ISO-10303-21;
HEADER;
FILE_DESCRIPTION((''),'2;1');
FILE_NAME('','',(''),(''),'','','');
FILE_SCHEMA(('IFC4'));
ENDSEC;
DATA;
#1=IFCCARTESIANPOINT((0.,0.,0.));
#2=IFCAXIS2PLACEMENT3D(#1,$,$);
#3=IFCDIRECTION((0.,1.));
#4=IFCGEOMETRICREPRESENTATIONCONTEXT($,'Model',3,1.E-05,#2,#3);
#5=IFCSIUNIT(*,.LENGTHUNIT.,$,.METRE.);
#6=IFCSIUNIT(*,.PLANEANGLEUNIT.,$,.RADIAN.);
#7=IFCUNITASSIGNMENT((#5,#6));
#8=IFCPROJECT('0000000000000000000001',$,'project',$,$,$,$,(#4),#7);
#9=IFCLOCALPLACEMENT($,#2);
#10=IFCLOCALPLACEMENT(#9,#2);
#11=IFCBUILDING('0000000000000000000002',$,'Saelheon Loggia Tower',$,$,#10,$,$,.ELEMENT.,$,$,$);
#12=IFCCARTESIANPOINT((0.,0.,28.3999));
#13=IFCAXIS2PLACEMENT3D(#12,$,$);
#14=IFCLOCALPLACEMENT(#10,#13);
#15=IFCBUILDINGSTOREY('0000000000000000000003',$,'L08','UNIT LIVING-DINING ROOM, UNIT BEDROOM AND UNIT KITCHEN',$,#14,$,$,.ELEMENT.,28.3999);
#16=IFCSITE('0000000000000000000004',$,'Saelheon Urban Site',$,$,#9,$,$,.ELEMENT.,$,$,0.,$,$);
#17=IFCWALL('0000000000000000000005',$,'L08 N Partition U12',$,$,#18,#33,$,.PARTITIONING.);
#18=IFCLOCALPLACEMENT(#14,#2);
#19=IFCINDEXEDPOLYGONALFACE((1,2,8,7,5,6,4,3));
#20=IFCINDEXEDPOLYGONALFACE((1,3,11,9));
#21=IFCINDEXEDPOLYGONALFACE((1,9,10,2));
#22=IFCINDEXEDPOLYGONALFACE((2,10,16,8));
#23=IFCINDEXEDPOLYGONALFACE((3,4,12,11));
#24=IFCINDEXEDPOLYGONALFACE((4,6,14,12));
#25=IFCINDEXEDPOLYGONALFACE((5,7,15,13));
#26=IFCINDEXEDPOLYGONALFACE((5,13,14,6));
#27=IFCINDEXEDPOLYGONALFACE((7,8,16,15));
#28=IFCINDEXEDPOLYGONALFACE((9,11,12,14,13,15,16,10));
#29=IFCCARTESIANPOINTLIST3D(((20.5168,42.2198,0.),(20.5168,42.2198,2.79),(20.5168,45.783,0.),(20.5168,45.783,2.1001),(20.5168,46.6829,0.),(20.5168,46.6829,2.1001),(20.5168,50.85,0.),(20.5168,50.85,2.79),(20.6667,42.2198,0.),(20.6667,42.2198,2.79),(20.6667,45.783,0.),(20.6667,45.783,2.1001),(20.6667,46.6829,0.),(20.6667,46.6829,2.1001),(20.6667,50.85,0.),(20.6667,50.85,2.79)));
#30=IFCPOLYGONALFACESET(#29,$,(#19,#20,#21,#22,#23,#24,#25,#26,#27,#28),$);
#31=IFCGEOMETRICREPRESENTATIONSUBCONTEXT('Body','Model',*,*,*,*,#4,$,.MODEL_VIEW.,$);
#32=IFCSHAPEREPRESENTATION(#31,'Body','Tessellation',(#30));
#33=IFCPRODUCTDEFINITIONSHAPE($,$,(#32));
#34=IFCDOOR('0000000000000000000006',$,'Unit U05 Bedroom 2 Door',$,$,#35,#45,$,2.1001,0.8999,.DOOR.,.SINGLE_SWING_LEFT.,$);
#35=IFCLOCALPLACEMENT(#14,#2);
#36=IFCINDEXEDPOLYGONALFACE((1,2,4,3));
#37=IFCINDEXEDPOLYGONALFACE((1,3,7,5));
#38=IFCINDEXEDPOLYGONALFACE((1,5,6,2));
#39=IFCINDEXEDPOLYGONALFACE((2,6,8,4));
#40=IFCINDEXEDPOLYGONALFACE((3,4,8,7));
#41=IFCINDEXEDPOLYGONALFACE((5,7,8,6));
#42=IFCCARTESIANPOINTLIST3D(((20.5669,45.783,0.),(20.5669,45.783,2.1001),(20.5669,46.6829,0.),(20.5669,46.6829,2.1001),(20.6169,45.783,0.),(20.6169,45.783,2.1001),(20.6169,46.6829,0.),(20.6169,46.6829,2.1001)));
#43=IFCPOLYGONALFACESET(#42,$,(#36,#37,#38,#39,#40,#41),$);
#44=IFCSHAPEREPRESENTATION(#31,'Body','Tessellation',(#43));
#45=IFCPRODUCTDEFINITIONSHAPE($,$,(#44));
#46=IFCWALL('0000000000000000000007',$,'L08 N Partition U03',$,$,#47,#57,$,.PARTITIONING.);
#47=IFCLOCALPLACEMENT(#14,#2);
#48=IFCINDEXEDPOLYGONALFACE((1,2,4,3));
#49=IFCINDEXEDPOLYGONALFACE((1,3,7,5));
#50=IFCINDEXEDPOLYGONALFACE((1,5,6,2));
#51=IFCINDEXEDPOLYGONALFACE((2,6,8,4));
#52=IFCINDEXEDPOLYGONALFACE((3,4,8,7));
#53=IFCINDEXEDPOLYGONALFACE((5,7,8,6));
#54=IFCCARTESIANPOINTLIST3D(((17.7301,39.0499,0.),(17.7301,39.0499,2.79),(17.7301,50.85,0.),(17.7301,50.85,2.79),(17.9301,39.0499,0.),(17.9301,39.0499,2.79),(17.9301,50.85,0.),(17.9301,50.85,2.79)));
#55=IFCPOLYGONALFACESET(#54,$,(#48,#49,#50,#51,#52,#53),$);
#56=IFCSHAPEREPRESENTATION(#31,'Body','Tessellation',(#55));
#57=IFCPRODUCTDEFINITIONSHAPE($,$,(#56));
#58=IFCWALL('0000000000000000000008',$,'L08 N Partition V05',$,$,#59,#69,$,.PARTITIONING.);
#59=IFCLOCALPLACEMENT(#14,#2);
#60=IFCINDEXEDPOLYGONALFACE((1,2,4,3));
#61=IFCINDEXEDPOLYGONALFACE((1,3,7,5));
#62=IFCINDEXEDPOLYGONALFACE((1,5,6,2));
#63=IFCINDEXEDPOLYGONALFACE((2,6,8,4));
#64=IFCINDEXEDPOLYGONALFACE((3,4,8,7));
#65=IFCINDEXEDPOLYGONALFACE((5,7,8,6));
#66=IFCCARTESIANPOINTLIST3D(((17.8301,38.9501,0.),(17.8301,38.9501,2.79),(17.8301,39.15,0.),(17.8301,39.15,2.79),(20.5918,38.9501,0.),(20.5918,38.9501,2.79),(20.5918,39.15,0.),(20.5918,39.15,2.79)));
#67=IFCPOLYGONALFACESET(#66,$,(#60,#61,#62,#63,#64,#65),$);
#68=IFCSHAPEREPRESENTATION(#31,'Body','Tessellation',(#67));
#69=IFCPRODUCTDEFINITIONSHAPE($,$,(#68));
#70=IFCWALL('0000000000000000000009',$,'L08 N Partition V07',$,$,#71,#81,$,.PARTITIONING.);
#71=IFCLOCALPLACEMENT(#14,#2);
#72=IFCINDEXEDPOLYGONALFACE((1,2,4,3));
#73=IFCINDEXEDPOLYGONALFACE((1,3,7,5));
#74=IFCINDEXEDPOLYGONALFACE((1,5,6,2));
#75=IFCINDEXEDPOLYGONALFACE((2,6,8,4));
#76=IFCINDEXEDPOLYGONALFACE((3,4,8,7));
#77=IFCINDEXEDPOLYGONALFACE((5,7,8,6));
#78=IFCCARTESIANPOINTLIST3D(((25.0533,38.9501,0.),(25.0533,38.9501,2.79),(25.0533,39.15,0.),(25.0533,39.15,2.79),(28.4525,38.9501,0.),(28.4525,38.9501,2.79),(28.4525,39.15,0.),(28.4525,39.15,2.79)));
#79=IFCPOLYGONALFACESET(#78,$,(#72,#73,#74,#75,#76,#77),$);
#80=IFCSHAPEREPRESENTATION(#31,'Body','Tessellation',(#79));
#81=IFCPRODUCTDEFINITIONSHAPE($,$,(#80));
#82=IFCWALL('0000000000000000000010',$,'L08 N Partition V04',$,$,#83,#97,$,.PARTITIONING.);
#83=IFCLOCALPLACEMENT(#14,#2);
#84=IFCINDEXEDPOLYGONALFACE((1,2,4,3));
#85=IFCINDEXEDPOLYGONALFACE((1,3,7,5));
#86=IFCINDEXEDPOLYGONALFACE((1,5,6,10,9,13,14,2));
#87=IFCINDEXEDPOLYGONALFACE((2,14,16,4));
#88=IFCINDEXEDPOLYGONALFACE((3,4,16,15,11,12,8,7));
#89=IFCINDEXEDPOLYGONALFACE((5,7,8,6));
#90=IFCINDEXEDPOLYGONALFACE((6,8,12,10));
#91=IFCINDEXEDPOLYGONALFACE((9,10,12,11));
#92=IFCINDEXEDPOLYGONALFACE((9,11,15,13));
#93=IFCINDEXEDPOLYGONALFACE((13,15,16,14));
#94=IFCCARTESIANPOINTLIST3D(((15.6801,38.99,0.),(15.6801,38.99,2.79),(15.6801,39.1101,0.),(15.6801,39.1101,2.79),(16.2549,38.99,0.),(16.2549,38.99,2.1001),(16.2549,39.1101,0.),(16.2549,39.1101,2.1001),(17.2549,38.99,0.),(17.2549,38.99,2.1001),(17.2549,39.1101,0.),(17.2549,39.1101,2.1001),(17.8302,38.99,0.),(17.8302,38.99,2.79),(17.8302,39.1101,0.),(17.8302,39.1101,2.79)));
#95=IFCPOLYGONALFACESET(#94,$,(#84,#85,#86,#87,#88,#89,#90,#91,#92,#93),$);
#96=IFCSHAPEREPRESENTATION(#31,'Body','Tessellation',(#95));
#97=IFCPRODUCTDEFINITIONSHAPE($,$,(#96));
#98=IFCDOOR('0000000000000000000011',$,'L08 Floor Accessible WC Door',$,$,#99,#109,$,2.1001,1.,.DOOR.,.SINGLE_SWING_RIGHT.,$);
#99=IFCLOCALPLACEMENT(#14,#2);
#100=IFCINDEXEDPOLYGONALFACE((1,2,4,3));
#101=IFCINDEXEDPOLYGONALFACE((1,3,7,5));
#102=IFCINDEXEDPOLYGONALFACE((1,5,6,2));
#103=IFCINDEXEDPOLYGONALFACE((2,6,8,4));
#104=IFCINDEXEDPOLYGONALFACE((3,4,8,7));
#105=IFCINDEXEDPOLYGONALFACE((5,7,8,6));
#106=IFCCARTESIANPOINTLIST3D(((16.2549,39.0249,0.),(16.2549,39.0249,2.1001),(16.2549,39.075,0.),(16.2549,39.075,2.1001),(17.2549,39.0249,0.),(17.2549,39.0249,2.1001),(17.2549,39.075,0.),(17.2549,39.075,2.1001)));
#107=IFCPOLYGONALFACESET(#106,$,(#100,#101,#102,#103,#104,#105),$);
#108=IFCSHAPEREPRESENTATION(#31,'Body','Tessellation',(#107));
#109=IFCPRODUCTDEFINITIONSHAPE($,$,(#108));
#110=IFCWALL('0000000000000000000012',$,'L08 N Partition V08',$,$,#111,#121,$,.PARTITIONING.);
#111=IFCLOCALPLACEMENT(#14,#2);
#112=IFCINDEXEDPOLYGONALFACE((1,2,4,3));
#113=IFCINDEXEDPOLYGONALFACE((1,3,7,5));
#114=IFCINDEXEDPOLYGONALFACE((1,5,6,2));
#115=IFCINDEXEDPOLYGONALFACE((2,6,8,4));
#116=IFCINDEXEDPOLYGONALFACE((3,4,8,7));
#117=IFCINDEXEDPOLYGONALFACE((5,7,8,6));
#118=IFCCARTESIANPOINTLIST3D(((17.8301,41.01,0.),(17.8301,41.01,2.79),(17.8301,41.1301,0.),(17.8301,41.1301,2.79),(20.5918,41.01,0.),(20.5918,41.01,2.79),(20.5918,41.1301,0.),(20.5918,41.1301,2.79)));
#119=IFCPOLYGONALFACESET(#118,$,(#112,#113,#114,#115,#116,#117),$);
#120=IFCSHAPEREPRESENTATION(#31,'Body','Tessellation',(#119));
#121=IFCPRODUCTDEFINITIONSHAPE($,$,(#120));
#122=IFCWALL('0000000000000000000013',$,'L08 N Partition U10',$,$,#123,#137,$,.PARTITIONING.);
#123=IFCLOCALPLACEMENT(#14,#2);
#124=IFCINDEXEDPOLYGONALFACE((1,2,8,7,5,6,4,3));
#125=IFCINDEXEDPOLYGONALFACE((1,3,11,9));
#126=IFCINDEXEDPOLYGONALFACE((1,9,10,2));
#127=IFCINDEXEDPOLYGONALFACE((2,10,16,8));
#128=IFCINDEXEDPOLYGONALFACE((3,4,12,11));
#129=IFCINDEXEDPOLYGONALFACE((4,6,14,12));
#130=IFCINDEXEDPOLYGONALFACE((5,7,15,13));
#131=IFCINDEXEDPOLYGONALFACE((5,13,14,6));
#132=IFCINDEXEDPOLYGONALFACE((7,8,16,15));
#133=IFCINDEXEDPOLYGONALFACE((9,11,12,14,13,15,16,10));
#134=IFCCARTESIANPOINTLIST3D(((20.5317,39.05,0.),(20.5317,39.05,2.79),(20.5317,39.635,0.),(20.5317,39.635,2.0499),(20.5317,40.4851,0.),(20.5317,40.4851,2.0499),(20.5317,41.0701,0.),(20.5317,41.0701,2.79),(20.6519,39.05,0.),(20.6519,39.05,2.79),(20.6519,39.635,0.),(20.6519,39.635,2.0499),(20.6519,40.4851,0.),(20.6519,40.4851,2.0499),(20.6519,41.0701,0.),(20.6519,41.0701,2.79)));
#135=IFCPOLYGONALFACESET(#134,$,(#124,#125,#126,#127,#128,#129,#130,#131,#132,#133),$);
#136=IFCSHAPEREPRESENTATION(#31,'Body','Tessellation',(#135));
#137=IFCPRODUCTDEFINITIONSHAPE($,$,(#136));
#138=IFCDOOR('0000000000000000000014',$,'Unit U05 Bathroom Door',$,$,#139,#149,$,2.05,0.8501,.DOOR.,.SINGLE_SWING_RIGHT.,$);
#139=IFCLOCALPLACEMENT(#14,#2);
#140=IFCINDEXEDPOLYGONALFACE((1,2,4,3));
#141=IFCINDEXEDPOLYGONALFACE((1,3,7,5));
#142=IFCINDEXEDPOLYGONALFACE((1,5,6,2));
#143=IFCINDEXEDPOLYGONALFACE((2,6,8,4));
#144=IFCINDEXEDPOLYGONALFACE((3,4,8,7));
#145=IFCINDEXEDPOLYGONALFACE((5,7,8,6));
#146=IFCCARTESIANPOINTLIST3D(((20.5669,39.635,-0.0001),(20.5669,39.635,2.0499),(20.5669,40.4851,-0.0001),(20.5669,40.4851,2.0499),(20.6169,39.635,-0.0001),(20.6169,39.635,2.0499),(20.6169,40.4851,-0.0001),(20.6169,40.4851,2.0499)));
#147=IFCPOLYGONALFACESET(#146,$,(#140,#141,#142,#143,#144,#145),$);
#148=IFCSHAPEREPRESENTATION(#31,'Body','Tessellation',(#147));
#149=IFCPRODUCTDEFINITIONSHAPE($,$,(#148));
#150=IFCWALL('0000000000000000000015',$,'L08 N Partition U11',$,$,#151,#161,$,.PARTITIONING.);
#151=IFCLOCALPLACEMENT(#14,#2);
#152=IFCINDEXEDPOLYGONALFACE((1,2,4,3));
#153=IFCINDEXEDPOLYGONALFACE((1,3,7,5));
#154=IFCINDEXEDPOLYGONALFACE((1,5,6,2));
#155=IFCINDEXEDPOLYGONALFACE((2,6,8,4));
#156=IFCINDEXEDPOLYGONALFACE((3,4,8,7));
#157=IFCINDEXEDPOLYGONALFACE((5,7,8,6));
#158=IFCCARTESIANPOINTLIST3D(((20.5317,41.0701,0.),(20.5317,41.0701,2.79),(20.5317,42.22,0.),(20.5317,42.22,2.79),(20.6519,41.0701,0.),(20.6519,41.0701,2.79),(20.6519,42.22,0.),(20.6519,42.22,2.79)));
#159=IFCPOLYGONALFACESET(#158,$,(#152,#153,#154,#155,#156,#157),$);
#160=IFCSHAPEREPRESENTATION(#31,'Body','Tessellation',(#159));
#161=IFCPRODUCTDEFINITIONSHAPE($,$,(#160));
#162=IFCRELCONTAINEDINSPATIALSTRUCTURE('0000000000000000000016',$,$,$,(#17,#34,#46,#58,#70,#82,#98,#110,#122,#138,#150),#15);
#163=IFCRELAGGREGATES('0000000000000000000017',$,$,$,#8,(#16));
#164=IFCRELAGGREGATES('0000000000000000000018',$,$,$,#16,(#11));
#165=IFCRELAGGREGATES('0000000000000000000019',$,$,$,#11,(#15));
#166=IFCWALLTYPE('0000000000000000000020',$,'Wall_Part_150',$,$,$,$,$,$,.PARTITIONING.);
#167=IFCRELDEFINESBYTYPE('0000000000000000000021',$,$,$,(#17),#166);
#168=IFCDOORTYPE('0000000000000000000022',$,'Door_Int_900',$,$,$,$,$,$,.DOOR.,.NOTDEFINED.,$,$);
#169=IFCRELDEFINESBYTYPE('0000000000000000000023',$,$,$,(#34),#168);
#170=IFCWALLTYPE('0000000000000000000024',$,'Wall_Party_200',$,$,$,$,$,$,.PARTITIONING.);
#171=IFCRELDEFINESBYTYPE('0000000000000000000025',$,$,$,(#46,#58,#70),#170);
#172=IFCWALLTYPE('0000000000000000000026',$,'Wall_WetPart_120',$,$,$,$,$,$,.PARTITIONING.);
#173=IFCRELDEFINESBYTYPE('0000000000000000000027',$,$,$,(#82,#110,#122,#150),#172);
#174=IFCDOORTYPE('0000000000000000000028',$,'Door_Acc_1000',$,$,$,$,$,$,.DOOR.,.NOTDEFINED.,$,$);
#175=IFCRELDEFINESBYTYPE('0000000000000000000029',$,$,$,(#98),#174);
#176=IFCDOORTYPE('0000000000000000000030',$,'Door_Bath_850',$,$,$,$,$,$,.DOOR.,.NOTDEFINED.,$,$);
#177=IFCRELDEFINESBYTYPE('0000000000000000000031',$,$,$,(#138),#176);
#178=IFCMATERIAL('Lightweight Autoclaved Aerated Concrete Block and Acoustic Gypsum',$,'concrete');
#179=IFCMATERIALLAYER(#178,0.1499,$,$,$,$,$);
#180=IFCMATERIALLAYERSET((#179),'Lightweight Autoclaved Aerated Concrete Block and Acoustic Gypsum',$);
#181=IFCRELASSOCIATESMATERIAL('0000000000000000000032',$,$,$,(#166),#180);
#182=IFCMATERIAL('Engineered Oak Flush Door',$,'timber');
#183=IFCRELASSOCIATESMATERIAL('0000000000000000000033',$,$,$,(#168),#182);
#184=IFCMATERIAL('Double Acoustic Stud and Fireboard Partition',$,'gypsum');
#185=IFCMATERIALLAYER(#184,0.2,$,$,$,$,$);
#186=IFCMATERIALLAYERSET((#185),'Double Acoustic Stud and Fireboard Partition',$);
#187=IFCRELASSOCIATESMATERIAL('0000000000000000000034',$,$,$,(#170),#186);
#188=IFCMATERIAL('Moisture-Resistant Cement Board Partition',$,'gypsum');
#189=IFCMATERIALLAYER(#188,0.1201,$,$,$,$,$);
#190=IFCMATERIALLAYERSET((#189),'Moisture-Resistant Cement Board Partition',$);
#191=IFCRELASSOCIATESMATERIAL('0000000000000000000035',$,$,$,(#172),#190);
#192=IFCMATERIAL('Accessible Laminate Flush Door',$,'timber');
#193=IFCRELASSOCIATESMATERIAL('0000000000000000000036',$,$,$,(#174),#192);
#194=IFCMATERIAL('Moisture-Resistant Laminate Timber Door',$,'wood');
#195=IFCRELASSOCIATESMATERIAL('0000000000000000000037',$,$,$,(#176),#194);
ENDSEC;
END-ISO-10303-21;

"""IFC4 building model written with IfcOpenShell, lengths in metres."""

from ifc_helpers import new_model, si_unit, direction, frame, frame_2d, origin, place, context, subcontext, project, spatial, rectangle, extrude, source, transform, mapped, material, layer, layer_set, type_object, element, fill, save


model = new_model("IFC4")

# Units and contexts
model_context = context("Model", 3, precision=1e-05, world=origin(), true_north=direction((0.0, 1.0)))
body_context = subcontext(model_context, "Body", "Model", "MODEL_VIEW")
ifc_project = project(units=[si_unit("LENGTHUNIT", "METRE"), si_unit("PLANEANGLEUNIT", "RADIAN")], contexts=[model_context])

# Site, building, storey
site_placement = place(None, origin())
site = spatial("IfcSite", under=ifc_project, at=site_placement, Name="Saelheon Urban Site", CompositionType="ELEMENT", RefElevation=0.0)
building_placement = place(site_placement, origin())
building = spatial("IfcBuilding", under=site, at=building_placement, Name="Saelheon Loggia Tower", CompositionType="ELEMENT")
storey_placement = place(building_placement, frame((0.0, 0.0, 28.3999)))
storey = spatial("IfcBuildingStorey", under=building, at=storey_placement, Name="L08", Description="UNIT LIVING-DINING ROOM, UNIT BEDROOM AND UNIT KITCHEN", CompositionType="ELEMENT", Elevation=28.3999)

# Wall, opening, door
ifc_material_1 = material(Name="Lightweight Autoclaved Aerated Concrete Block and Acoustic Gypsum", Category="concrete")
ifc_layer_1 = layer(ifc_material_1, 0.1499)
ifc_layer_set_1 = layer_set([ifc_layer_1], Name="Lightweight Autoclaved Aerated Concrete Block and Acoustic Gypsum")
wall_type_1 = type_object("IfcWallType", Name="Wall_Part_150", PredefinedType="PARTITIONING", material=ifc_layer_set_1)
wall_1_placement = place(storey_placement, frame((20.5918, 42.22, 0.0), z_axis=(0.0, 0.0, 1.0), x_axis=(0.0, 1.0, 0.0)))
wall_1 = element("IfcWall", 1, at=wall_1_placement, inside=storey, type_object=wall_type_1, Name="L08 N Partition U12", PredefinedType="PARTITIONING", context=body_context, shape_type="SweptSolid", body=[
    extrude(rectangle(XDim=8.6301, YDim=0.1499, at=frame_2d((4.3149, 0.0))), origin(), (0.0, 0.0, 1.0), 2.79),
])
opening_1_placement = place(wall_1_placement, frame((3.563, 0.0, 0.0)))
opening_1 = element("IfcOpeningElement", 2, at=opening_1_placement, cuts=wall_1, PredefinedType="OPENING", context=body_context, shape_type="SweptSolid", body=[
    extrude(rectangle(XDim=0.8999, YDim=2.1001, at=frame_2d((0.45, 1.05))), frame((0.0, 0.0869, 0.0), z_axis=(0.0, -1.0, 0.0), x_axis=(1.0, 0.0, 0.0)), (0.0, 0.0, 1.0), 0.1738),
])
ifc_material_2 = material(Name="Engineered Oak Flush Door", Category="timber")
door_type_1 = type_object("IfcDoorType", Name="Door_Int_900", OperationType="NOTDEFINED", PredefinedType="DOOR", material=ifc_material_2)
shared_shape_1 = source(origin(), body_context, "Body", "SweptSolid", [
    extrude(rectangle(XDim=0.8999, YDim=2.1001, at=frame_2d((0.45, 1.05))), frame((0.0, 0.0249, 0.0), z_axis=(0.0, -1.0, 0.0), x_axis=(1.0, 0.0, 0.0)), (0.0, 0.0, 1.0), 0.05),
])
door_1_placement = place(opening_1_placement, origin())
door_1 = element("IfcDoor", 3, at=door_1_placement, inside=storey, type_object=door_type_1, Name="Unit U05 Bedroom 2 Door", OperationType="SINGLE_SWING_LEFT", OverallHeight=2.1001, OverallWidth=0.8999, PredefinedType="DOOR", context=body_context, shape_type="MappedRepresentation", body=[
    mapped(shared_shape_1, transform((0.0, 0.0, 0.0), scale=1.0)),
])
fill(opening_1, door_1)

# Walls
ifc_material_3 = material(Name="Double Acoustic Stud and Fireboard Partition", Category="gypsum")
ifc_layer_2 = layer(ifc_material_3, 0.2)
ifc_layer_set_2 = layer_set([ifc_layer_2], Name="Double Acoustic Stud and Fireboard Partition")
wall_type_2 = type_object("IfcWallType", Name="Wall_Party_200", PredefinedType="PARTITIONING", material=ifc_layer_set_2)
wall_2_placement = place(storey_placement, frame((17.8301, 39.05, 0.0), z_axis=(0.0, 0.0, 1.0), x_axis=(0.0, 1.0, 0.0)))
element("IfcWall", 4, at=wall_2_placement, inside=storey, type_object=wall_type_2, Name="L08 N Partition U03", PredefinedType="PARTITIONING", context=body_context, shape_type="SweptSolid", body=[
    extrude(rectangle(XDim=11.8, YDim=0.2, at=frame_2d((5.8999, 0.0))), origin(), (0.0, 0.0, 1.0), 2.79),
])
wall_3_placement = place(storey_placement, frame((17.8301, 39.05, 0.0), z_axis=(0.0, 0.0, 1.0), x_axis=(1.0, 0.0, 0.0)))
element("IfcWall", 5, at=wall_3_placement, inside=storey, type_object=wall_type_2, Name="L08 N Partition V05", PredefinedType="PARTITIONING", context=body_context, shape_type="SweptSolid", body=[
    extrude(rectangle(XDim=2.7617, YDim=0.2, at=frame_2d((1.3809, 0.0))), origin(), (0.0, 0.0, 1.0), 2.79),
])

# Wall
wall_4_placement = place(storey_placement, frame((25.0532, 39.05, 0.0), z_axis=(0.0, 0.0, 1.0), x_axis=(1.0, 0.0, 0.0)))
element("IfcWall", 6, at=wall_4_placement, inside=storey, type_object=wall_type_2, Name="L08 N Partition V07", PredefinedType="PARTITIONING", context=body_context, shape_type="SweptSolid", body=[
    extrude(rectangle(XDim=3.3992, YDim=0.2, at=frame_2d((1.6997, 0.0))), origin(), (0.0, 0.0, 1.0), 2.79),
])

# Wall, opening, door
ifc_material_4 = material(Name="Moisture-Resistant Cement Board Partition", Category="gypsum")
ifc_layer_3 = layer(ifc_material_4, 0.1201)
ifc_layer_set_3 = layer_set([ifc_layer_3], Name="Moisture-Resistant Cement Board Partition")
wall_type_3 = type_object("IfcWallType", Name="Wall_WetPart_120", PredefinedType="PARTITIONING", material=ifc_layer_set_3)
wall_5_placement = place(storey_placement, frame((15.6799, 39.05, 0.0), z_axis=(0.0, 0.0, 1.0), x_axis=(1.0, 0.0, 0.0)))
wall_5 = element("IfcWall", 7, at=wall_5_placement, inside=storey, type_object=wall_type_3, Name="L08 N Partition V04", PredefinedType="PARTITIONING", context=body_context, shape_type="SweptSolid", body=[
    extrude(rectangle(XDim=2.1501, YDim=0.1201, at=frame_2d((1.0752, 0.0))), origin(), (0.0, 0.0, 1.0), 2.79),
])
opening_2_placement = place(wall_5_placement, frame((0.575, 0.0, 0.0)))
opening_2 = element("IfcOpeningElement", 8, at=opening_2_placement, cuts=wall_5, PredefinedType="OPENING", context=body_context, shape_type="SweptSolid", body=[
    extrude(rectangle(XDim=1.0, YDim=2.1001, at=frame_2d((0.5, 1.05))), frame((0.0, 0.072, 0.0), z_axis=(0.0, -1.0, 0.0), x_axis=(1.0, 0.0, 0.0)), (0.0, 0.0, 1.0), 0.144),
])
ifc_material_5 = material(Name="Accessible Laminate Flush Door", Category="timber")
door_type_2 = type_object("IfcDoorType", Name="Door_Acc_1000", OperationType="NOTDEFINED", PredefinedType="DOOR", material=ifc_material_5)
shared_shape_2 = source(origin(), body_context, "Body", "SweptSolid", [
    extrude(rectangle(XDim=1.0, YDim=2.1001, at=frame_2d((0.5, 1.05))), frame((0.0, 0.0249, 0.0), z_axis=(0.0, -1.0, 0.0), x_axis=(1.0, 0.0, 0.0)), (0.0, 0.0, 1.0), 0.05),
])
door_2_placement = place(opening_2_placement, origin())
door_2 = element("IfcDoor", 9, at=door_2_placement, inside=storey, type_object=door_type_2, Name="L08 Floor Accessible WC Door", OperationType="SINGLE_SWING_RIGHT", OverallHeight=2.1001, OverallWidth=1.0, PredefinedType="DOOR", context=body_context, shape_type="MappedRepresentation", body=[
    mapped(shared_shape_2, transform((0.0, 0.0, 0.0), scale=1.0)),
])
fill(opening_2, door_2)

# Wall
wall_6_placement = place(storey_placement, frame((17.8301, 41.0701, 0.0), z_axis=(0.0, 0.0, 1.0), x_axis=(1.0, 0.0, 0.0)))
element("IfcWall", 10, at=wall_6_placement, inside=storey, type_object=wall_type_3, Name="L08 N Partition V08", PredefinedType="PARTITIONING", context=body_context, shape_type="SweptSolid", body=[
    extrude(rectangle(XDim=2.7617, YDim=0.1201, at=frame_2d((1.3809, 0.0))), origin(), (0.0, 0.0, 1.0), 2.79),
])

# Wall, opening, door
wall_7_placement = place(storey_placement, frame((20.5918, 39.05, 0.0), z_axis=(0.0, 0.0, 1.0), x_axis=(0.0, 1.0, 0.0)))
wall_7 = element("IfcWall", 11, at=wall_7_placement, inside=storey, type_object=wall_type_3, Name="L08 N Partition U10", PredefinedType="PARTITIONING", context=body_context, shape_type="SweptSolid", body=[
    extrude(rectangle(XDim=2.02, YDim=0.1201, at=frame_2d((1.01, 0.0))), origin(), (0.0, 0.0, 1.0), 2.79),
])
opening_3_placement = place(wall_7_placement, frame((0.585, 0.0, 0.0)))
opening_3 = element("IfcOpeningElement", 12, at=opening_3_placement, cuts=wall_7, PredefinedType="OPENING", context=body_context, shape_type="SweptSolid", body=[
    extrude(rectangle(XDim=0.8501, YDim=2.05, at=frame_2d((0.425, 1.0249))), frame((0.0, 0.072, 0.0), z_axis=(0.0, -1.0, 0.0), x_axis=(1.0, 0.0, 0.0)), (0.0, 0.0, 1.0), 0.144),
])
ifc_material_6 = material(Name="Moisture-Resistant Laminate Timber Door", Category="wood")
door_type_3 = type_object("IfcDoorType", Name="Door_Bath_850", OperationType="NOTDEFINED", PredefinedType="DOOR", material=ifc_material_6)
shared_shape_3 = source(origin(), body_context, "Body", "SweptSolid", [
    extrude(rectangle(XDim=0.8501, YDim=2.05, at=frame_2d((0.425, 1.0249))), frame((0.0, 0.0249, 0.0), z_axis=(0.0, -1.0, 0.0), x_axis=(1.0, 0.0, 0.0)), (0.0, 0.0, 1.0), 0.05),
])
door_3_placement = place(opening_3_placement, origin())
door_3 = element("IfcDoor", 13, at=door_3_placement, inside=storey, type_object=door_type_3, Name="Unit U05 Bathroom Door", OperationType="SINGLE_SWING_RIGHT", OverallHeight=2.05, OverallWidth=0.8501, PredefinedType="DOOR", context=body_context, shape_type="MappedRepresentation", body=[
    mapped(shared_shape_3, transform((0.0, 0.0, 0.0), scale=1.0)),
])
fill(opening_3, door_3)

# Wall
wall_8_placement = place(storey_placement, frame((20.5918, 41.0701, 0.0), z_axis=(0.0, 0.0, 1.0), x_axis=(0.0, 1.0, 0.0)))
element("IfcWall", 14, at=wall_8_placement, inside=storey, type_object=wall_type_3, Name="L08 N Partition U11", PredefinedType="PARTITIONING", context=body_context, shape_type="SweptSolid", body=[
    extrude(rectangle(XDim=1.1499, YDim=0.1201, at=frame_2d((0.575, 0.0))), origin(), (0.0, 0.0, 1.0), 2.79),
])

save(model, "model.ifc")
